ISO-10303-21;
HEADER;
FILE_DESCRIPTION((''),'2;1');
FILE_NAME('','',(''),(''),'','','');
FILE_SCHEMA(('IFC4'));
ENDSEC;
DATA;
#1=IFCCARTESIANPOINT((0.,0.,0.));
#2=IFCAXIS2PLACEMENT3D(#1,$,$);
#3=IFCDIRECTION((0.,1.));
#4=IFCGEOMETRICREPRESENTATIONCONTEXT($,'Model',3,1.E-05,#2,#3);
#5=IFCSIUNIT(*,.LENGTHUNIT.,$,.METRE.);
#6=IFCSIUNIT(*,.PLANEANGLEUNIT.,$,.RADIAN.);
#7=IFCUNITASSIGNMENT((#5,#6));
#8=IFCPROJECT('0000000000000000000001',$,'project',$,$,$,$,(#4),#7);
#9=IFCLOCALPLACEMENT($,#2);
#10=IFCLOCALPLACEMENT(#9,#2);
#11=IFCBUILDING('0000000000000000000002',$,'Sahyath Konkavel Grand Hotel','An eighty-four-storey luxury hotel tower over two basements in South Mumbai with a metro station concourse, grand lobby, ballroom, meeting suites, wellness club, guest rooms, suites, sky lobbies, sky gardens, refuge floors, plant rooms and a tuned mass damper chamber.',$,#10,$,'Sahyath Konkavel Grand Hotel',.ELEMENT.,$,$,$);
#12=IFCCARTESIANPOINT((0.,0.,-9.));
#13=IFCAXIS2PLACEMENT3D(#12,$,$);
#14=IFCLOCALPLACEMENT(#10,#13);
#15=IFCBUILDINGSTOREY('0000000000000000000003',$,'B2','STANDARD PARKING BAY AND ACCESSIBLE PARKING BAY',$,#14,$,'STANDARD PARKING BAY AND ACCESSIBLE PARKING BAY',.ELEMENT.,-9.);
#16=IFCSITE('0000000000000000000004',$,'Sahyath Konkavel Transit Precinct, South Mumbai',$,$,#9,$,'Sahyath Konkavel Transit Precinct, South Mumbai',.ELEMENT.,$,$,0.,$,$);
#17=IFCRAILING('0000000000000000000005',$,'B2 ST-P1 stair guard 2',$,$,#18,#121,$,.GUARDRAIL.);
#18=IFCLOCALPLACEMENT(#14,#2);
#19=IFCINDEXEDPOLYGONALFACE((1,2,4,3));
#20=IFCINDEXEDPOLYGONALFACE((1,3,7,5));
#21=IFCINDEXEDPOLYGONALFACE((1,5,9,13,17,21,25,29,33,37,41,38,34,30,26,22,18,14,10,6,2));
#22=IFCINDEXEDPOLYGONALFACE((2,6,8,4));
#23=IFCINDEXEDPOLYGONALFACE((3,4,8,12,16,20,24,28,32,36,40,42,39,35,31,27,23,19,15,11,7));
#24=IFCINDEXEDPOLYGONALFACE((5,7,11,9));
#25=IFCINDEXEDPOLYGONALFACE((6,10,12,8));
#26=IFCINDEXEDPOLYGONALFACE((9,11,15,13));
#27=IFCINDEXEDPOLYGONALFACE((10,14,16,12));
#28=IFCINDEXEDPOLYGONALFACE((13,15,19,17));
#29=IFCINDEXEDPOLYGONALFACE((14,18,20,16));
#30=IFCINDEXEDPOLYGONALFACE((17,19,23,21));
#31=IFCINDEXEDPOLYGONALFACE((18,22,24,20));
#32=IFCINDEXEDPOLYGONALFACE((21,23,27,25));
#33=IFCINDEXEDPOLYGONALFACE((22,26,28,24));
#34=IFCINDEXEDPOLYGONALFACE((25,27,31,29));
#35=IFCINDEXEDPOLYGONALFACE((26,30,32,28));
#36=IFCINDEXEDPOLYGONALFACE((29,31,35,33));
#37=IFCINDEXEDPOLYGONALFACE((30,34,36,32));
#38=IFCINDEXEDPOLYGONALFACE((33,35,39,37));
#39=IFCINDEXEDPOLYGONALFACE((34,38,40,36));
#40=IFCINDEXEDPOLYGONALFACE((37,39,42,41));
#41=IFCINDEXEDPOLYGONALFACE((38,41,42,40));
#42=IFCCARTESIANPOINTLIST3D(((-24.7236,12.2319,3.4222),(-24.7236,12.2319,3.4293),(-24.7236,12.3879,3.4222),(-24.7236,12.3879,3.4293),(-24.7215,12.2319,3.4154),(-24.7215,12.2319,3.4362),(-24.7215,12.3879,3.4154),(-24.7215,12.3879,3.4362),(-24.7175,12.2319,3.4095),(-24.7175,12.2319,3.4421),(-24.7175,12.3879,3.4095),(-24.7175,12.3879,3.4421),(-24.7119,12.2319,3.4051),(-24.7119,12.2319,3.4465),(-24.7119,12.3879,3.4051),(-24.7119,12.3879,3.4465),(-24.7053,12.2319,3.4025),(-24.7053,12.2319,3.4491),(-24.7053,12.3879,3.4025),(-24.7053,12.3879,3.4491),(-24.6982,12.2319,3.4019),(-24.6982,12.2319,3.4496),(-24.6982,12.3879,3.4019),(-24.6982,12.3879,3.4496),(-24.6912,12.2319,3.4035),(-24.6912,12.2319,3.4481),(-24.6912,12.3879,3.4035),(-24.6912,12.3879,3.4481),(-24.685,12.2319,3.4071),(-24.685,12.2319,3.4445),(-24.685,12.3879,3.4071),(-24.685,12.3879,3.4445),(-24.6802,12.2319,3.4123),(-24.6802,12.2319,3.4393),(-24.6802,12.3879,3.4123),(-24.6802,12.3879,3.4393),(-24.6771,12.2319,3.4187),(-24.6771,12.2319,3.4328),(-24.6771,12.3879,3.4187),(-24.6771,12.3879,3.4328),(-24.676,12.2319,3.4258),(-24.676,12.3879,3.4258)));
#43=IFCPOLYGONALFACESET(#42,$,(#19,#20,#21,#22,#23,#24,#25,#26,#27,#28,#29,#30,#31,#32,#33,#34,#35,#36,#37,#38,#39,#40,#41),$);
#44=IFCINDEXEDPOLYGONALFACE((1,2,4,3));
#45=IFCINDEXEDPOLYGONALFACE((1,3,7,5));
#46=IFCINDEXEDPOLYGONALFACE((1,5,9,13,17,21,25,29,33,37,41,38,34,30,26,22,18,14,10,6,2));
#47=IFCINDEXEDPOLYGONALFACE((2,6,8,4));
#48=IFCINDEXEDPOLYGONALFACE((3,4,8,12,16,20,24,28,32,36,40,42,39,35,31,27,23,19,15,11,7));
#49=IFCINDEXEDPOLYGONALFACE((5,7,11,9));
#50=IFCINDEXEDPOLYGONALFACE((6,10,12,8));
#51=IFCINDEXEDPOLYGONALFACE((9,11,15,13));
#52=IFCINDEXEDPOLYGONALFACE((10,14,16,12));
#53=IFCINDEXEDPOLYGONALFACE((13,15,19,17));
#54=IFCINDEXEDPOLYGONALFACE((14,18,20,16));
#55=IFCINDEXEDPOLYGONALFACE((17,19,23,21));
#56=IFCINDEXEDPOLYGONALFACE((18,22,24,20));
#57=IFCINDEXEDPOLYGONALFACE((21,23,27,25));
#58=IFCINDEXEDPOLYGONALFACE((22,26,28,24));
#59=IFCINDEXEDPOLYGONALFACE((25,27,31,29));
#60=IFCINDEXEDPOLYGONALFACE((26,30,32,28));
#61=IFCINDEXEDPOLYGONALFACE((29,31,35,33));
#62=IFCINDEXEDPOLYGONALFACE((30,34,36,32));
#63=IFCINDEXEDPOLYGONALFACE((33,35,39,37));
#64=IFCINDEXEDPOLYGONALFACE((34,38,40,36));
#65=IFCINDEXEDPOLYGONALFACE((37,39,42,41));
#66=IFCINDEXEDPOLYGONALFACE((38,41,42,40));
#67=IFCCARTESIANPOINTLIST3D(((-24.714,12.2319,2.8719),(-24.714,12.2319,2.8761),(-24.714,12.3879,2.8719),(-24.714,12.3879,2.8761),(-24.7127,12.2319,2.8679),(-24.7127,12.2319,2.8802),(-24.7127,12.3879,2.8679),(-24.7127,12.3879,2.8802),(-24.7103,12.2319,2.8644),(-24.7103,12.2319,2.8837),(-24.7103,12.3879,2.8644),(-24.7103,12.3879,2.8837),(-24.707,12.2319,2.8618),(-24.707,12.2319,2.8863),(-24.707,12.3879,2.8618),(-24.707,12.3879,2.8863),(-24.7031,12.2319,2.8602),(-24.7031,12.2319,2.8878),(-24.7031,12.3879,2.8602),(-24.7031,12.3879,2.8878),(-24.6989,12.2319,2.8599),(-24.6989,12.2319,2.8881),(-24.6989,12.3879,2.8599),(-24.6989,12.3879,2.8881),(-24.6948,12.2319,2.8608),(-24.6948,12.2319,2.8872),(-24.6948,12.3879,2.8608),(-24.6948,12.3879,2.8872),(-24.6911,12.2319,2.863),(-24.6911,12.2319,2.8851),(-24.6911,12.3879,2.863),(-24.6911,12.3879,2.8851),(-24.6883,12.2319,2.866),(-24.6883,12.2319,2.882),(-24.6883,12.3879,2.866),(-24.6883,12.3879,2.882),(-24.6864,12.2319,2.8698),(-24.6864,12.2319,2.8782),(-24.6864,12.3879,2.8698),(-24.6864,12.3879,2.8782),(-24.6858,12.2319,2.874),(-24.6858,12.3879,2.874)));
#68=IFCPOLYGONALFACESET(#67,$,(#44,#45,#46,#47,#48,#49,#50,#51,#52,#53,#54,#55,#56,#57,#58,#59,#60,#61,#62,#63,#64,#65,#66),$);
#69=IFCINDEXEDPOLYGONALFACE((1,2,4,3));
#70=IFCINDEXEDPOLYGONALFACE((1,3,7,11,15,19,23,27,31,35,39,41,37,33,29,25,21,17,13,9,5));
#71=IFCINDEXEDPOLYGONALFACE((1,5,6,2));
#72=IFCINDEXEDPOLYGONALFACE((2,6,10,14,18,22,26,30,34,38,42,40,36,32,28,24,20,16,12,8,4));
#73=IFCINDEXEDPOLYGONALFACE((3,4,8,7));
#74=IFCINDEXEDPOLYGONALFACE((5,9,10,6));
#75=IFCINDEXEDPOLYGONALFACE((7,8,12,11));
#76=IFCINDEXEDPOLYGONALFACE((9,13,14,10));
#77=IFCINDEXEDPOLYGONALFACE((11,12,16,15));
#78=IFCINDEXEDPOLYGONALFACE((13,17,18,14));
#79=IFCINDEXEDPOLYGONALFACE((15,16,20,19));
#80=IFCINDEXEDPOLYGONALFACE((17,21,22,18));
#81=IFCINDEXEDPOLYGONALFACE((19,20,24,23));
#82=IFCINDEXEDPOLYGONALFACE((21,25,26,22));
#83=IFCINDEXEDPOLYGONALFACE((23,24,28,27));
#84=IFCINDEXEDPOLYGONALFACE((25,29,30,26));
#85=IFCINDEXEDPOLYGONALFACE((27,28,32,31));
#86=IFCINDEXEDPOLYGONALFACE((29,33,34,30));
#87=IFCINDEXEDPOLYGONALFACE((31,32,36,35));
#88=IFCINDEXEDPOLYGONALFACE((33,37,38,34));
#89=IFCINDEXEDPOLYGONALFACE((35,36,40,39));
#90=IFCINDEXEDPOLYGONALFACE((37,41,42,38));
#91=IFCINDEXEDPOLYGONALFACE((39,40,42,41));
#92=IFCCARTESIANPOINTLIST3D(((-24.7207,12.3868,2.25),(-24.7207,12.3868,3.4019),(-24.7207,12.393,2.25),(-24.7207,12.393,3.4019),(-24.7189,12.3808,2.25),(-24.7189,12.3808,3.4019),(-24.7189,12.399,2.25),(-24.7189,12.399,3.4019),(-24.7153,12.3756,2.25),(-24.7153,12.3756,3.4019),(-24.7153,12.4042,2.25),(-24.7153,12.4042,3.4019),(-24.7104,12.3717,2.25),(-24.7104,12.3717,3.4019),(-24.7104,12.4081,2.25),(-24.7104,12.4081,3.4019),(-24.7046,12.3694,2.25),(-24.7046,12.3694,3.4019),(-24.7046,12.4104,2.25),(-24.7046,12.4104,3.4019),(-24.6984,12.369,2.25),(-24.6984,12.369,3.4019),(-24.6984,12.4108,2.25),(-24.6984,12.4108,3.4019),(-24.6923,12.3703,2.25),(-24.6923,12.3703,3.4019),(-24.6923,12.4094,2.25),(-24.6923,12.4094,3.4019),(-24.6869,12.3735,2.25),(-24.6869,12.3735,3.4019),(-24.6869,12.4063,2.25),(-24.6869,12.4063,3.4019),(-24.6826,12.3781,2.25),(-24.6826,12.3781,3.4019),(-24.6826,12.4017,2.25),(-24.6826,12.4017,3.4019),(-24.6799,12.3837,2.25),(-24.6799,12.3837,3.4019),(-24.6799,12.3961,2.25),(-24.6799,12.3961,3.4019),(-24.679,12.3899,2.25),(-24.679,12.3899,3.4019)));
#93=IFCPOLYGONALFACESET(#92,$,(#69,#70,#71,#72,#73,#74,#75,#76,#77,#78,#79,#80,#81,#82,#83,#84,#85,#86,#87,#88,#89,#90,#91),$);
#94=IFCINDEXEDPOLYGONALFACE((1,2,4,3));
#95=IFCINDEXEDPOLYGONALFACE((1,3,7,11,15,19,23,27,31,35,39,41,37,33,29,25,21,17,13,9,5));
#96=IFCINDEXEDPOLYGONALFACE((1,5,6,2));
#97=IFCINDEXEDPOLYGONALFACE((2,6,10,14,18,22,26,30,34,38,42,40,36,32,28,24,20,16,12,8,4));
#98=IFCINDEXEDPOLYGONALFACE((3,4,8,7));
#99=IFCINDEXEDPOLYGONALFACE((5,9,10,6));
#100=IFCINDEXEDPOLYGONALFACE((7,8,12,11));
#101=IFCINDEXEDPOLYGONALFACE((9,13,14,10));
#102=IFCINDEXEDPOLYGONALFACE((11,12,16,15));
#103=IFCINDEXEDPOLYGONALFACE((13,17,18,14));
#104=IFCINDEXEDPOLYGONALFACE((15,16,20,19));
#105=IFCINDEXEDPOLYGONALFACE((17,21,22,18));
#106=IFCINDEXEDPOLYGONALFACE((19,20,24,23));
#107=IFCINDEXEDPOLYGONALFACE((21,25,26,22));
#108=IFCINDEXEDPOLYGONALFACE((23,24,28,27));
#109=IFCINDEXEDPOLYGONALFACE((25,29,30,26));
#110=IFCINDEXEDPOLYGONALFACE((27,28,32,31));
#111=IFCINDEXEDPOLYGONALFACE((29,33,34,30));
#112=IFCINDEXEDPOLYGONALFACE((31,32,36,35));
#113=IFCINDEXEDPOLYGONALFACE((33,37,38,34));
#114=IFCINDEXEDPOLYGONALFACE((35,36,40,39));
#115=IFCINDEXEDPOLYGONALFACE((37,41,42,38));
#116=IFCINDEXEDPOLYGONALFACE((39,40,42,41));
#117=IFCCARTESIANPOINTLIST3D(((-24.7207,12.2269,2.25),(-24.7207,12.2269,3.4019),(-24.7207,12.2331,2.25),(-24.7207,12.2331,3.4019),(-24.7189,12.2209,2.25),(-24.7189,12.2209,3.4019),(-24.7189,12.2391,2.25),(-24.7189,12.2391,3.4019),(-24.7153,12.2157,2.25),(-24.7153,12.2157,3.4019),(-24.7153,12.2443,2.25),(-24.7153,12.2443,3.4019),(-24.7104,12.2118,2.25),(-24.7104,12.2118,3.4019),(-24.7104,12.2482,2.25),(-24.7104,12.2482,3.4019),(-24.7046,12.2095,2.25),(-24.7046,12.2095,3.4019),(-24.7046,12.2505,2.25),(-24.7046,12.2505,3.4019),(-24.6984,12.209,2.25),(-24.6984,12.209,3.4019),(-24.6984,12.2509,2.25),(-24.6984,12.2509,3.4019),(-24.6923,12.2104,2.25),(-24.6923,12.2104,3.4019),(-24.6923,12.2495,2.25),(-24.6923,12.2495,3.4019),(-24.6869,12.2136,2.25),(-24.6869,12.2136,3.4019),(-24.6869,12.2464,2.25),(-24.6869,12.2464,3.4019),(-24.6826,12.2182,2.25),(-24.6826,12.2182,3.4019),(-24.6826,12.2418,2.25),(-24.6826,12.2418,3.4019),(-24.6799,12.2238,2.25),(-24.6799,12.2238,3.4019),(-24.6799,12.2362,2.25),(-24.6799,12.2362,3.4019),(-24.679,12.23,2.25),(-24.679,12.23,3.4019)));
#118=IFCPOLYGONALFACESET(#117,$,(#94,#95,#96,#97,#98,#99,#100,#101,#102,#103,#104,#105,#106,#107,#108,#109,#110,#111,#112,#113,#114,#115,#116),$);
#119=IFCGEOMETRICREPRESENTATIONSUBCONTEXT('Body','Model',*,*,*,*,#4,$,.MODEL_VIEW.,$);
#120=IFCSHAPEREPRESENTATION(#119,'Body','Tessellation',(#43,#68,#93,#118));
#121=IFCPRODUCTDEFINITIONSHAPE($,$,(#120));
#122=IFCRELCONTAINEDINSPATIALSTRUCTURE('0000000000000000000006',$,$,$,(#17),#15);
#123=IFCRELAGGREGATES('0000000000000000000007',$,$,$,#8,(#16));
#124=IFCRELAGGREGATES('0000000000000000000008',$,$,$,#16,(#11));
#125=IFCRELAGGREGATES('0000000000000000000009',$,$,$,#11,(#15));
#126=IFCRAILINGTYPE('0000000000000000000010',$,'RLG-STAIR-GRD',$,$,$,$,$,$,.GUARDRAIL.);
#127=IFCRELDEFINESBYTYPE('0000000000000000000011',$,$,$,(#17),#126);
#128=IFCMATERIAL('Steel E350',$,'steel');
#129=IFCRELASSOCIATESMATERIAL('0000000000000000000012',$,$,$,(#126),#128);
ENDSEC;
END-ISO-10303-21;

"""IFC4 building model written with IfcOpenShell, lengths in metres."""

from ifc_helpers import new_model, si_unit, direction, frame, origin, origin_2d, place, context, subcontext, project, spatial, circle, extrude, material, type_object, element, save


model = new_model("IFC4")

# Units and contexts
model_context = context("Model", 3, precision=1e-05, world=origin(), true_north=direction((0.0, 1.0)))
body_context = subcontext(model_context, "Body", "Model", "MODEL_VIEW")
ifc_project = project(units=[si_unit("LENGTHUNIT", "METRE"), si_unit("PLANEANGLEUNIT", "RADIAN")], contexts=[model_context])

# Site, building, storey
site_placement = place(None, origin())
site = spatial("IfcSite", under=ifc_project, at=site_placement, Name="Sahyath Konkavel Transit Precinct, South Mumbai", LongName="Sahyath Konkavel Transit Precinct, South Mumbai", CompositionType="ELEMENT", RefElevation=0.0)
building_placement = place(site_placement, origin())
building = spatial("IfcBuilding", under=site, at=building_placement, Name="Sahyath Konkavel Grand Hotel", Description="An eighty-four-storey luxury hotel tower over two basements in South Mumbai with a metro station concourse, grand lobby, ballroom, meeting suites, wellness club, guest rooms, suites, sky lobbies, sky gardens, refuge floors, plant rooms and a tuned mass damper chamber.", LongName="Sahyath Konkavel Grand Hotel", CompositionType="ELEMENT")
storey_placement = place(building_placement, frame((0.0, 0.0, -9.0)))
storey = spatial("IfcBuildingStorey", under=building, at=storey_placement, Name="B2", Description="STANDARD PARKING BAY AND ACCESSIBLE PARKING BAY", LongName="STANDARD PARKING BAY AND ACCESSIBLE PARKING BAY", CompositionType="ELEMENT", Elevation=-9.0)

# Shared definitions
ifc_material_1 = material(Name="Steel E350", Category="steel")

# Railing
railing_type = type_object("IfcRailingType", Name="RLG-STAIR-GRD", PredefinedType="GUARDRAIL", material=ifc_material_1)
railing_placement = place(storey_placement, frame((-24.7, 12.3899, 2.25)))
element("IfcRailing", 1, at=railing_placement, inside=storey, type_object=railing_type, Name="B2 ST-P1 stair guard 2", PredefinedType="GUARDRAIL", context=body_context, shape_type="SweptSolid", body=[
    extrude(circle(Radius=0.0239, at=origin_2d()), frame((0.0, -0.002, 1.1758), z_axis=(0.0, -1.0, 0.0), x_axis=(1.0, 0.0, 0.0)), (0.0, 0.0, 1.0), 0.156),
    extrude(circle(Radius=0.0142, at=origin_2d()), frame((0.0, -0.002, 0.624), z_axis=(0.0, -1.0, 0.0), x_axis=(1.0, 0.0, 0.0)), (0.0, 0.0, 1.0), 0.156),
    extrude(circle(Radius=0.021, at=origin_2d()), origin(), (0.0, 0.0, 1.0), 1.1519),
    extrude(circle(Radius=0.021, at=origin_2d()), frame((0.0, -0.1599, 0.0)), (0.0, 0.0, 1.0), 1.1519),
])

save(model, "model.ifc")
